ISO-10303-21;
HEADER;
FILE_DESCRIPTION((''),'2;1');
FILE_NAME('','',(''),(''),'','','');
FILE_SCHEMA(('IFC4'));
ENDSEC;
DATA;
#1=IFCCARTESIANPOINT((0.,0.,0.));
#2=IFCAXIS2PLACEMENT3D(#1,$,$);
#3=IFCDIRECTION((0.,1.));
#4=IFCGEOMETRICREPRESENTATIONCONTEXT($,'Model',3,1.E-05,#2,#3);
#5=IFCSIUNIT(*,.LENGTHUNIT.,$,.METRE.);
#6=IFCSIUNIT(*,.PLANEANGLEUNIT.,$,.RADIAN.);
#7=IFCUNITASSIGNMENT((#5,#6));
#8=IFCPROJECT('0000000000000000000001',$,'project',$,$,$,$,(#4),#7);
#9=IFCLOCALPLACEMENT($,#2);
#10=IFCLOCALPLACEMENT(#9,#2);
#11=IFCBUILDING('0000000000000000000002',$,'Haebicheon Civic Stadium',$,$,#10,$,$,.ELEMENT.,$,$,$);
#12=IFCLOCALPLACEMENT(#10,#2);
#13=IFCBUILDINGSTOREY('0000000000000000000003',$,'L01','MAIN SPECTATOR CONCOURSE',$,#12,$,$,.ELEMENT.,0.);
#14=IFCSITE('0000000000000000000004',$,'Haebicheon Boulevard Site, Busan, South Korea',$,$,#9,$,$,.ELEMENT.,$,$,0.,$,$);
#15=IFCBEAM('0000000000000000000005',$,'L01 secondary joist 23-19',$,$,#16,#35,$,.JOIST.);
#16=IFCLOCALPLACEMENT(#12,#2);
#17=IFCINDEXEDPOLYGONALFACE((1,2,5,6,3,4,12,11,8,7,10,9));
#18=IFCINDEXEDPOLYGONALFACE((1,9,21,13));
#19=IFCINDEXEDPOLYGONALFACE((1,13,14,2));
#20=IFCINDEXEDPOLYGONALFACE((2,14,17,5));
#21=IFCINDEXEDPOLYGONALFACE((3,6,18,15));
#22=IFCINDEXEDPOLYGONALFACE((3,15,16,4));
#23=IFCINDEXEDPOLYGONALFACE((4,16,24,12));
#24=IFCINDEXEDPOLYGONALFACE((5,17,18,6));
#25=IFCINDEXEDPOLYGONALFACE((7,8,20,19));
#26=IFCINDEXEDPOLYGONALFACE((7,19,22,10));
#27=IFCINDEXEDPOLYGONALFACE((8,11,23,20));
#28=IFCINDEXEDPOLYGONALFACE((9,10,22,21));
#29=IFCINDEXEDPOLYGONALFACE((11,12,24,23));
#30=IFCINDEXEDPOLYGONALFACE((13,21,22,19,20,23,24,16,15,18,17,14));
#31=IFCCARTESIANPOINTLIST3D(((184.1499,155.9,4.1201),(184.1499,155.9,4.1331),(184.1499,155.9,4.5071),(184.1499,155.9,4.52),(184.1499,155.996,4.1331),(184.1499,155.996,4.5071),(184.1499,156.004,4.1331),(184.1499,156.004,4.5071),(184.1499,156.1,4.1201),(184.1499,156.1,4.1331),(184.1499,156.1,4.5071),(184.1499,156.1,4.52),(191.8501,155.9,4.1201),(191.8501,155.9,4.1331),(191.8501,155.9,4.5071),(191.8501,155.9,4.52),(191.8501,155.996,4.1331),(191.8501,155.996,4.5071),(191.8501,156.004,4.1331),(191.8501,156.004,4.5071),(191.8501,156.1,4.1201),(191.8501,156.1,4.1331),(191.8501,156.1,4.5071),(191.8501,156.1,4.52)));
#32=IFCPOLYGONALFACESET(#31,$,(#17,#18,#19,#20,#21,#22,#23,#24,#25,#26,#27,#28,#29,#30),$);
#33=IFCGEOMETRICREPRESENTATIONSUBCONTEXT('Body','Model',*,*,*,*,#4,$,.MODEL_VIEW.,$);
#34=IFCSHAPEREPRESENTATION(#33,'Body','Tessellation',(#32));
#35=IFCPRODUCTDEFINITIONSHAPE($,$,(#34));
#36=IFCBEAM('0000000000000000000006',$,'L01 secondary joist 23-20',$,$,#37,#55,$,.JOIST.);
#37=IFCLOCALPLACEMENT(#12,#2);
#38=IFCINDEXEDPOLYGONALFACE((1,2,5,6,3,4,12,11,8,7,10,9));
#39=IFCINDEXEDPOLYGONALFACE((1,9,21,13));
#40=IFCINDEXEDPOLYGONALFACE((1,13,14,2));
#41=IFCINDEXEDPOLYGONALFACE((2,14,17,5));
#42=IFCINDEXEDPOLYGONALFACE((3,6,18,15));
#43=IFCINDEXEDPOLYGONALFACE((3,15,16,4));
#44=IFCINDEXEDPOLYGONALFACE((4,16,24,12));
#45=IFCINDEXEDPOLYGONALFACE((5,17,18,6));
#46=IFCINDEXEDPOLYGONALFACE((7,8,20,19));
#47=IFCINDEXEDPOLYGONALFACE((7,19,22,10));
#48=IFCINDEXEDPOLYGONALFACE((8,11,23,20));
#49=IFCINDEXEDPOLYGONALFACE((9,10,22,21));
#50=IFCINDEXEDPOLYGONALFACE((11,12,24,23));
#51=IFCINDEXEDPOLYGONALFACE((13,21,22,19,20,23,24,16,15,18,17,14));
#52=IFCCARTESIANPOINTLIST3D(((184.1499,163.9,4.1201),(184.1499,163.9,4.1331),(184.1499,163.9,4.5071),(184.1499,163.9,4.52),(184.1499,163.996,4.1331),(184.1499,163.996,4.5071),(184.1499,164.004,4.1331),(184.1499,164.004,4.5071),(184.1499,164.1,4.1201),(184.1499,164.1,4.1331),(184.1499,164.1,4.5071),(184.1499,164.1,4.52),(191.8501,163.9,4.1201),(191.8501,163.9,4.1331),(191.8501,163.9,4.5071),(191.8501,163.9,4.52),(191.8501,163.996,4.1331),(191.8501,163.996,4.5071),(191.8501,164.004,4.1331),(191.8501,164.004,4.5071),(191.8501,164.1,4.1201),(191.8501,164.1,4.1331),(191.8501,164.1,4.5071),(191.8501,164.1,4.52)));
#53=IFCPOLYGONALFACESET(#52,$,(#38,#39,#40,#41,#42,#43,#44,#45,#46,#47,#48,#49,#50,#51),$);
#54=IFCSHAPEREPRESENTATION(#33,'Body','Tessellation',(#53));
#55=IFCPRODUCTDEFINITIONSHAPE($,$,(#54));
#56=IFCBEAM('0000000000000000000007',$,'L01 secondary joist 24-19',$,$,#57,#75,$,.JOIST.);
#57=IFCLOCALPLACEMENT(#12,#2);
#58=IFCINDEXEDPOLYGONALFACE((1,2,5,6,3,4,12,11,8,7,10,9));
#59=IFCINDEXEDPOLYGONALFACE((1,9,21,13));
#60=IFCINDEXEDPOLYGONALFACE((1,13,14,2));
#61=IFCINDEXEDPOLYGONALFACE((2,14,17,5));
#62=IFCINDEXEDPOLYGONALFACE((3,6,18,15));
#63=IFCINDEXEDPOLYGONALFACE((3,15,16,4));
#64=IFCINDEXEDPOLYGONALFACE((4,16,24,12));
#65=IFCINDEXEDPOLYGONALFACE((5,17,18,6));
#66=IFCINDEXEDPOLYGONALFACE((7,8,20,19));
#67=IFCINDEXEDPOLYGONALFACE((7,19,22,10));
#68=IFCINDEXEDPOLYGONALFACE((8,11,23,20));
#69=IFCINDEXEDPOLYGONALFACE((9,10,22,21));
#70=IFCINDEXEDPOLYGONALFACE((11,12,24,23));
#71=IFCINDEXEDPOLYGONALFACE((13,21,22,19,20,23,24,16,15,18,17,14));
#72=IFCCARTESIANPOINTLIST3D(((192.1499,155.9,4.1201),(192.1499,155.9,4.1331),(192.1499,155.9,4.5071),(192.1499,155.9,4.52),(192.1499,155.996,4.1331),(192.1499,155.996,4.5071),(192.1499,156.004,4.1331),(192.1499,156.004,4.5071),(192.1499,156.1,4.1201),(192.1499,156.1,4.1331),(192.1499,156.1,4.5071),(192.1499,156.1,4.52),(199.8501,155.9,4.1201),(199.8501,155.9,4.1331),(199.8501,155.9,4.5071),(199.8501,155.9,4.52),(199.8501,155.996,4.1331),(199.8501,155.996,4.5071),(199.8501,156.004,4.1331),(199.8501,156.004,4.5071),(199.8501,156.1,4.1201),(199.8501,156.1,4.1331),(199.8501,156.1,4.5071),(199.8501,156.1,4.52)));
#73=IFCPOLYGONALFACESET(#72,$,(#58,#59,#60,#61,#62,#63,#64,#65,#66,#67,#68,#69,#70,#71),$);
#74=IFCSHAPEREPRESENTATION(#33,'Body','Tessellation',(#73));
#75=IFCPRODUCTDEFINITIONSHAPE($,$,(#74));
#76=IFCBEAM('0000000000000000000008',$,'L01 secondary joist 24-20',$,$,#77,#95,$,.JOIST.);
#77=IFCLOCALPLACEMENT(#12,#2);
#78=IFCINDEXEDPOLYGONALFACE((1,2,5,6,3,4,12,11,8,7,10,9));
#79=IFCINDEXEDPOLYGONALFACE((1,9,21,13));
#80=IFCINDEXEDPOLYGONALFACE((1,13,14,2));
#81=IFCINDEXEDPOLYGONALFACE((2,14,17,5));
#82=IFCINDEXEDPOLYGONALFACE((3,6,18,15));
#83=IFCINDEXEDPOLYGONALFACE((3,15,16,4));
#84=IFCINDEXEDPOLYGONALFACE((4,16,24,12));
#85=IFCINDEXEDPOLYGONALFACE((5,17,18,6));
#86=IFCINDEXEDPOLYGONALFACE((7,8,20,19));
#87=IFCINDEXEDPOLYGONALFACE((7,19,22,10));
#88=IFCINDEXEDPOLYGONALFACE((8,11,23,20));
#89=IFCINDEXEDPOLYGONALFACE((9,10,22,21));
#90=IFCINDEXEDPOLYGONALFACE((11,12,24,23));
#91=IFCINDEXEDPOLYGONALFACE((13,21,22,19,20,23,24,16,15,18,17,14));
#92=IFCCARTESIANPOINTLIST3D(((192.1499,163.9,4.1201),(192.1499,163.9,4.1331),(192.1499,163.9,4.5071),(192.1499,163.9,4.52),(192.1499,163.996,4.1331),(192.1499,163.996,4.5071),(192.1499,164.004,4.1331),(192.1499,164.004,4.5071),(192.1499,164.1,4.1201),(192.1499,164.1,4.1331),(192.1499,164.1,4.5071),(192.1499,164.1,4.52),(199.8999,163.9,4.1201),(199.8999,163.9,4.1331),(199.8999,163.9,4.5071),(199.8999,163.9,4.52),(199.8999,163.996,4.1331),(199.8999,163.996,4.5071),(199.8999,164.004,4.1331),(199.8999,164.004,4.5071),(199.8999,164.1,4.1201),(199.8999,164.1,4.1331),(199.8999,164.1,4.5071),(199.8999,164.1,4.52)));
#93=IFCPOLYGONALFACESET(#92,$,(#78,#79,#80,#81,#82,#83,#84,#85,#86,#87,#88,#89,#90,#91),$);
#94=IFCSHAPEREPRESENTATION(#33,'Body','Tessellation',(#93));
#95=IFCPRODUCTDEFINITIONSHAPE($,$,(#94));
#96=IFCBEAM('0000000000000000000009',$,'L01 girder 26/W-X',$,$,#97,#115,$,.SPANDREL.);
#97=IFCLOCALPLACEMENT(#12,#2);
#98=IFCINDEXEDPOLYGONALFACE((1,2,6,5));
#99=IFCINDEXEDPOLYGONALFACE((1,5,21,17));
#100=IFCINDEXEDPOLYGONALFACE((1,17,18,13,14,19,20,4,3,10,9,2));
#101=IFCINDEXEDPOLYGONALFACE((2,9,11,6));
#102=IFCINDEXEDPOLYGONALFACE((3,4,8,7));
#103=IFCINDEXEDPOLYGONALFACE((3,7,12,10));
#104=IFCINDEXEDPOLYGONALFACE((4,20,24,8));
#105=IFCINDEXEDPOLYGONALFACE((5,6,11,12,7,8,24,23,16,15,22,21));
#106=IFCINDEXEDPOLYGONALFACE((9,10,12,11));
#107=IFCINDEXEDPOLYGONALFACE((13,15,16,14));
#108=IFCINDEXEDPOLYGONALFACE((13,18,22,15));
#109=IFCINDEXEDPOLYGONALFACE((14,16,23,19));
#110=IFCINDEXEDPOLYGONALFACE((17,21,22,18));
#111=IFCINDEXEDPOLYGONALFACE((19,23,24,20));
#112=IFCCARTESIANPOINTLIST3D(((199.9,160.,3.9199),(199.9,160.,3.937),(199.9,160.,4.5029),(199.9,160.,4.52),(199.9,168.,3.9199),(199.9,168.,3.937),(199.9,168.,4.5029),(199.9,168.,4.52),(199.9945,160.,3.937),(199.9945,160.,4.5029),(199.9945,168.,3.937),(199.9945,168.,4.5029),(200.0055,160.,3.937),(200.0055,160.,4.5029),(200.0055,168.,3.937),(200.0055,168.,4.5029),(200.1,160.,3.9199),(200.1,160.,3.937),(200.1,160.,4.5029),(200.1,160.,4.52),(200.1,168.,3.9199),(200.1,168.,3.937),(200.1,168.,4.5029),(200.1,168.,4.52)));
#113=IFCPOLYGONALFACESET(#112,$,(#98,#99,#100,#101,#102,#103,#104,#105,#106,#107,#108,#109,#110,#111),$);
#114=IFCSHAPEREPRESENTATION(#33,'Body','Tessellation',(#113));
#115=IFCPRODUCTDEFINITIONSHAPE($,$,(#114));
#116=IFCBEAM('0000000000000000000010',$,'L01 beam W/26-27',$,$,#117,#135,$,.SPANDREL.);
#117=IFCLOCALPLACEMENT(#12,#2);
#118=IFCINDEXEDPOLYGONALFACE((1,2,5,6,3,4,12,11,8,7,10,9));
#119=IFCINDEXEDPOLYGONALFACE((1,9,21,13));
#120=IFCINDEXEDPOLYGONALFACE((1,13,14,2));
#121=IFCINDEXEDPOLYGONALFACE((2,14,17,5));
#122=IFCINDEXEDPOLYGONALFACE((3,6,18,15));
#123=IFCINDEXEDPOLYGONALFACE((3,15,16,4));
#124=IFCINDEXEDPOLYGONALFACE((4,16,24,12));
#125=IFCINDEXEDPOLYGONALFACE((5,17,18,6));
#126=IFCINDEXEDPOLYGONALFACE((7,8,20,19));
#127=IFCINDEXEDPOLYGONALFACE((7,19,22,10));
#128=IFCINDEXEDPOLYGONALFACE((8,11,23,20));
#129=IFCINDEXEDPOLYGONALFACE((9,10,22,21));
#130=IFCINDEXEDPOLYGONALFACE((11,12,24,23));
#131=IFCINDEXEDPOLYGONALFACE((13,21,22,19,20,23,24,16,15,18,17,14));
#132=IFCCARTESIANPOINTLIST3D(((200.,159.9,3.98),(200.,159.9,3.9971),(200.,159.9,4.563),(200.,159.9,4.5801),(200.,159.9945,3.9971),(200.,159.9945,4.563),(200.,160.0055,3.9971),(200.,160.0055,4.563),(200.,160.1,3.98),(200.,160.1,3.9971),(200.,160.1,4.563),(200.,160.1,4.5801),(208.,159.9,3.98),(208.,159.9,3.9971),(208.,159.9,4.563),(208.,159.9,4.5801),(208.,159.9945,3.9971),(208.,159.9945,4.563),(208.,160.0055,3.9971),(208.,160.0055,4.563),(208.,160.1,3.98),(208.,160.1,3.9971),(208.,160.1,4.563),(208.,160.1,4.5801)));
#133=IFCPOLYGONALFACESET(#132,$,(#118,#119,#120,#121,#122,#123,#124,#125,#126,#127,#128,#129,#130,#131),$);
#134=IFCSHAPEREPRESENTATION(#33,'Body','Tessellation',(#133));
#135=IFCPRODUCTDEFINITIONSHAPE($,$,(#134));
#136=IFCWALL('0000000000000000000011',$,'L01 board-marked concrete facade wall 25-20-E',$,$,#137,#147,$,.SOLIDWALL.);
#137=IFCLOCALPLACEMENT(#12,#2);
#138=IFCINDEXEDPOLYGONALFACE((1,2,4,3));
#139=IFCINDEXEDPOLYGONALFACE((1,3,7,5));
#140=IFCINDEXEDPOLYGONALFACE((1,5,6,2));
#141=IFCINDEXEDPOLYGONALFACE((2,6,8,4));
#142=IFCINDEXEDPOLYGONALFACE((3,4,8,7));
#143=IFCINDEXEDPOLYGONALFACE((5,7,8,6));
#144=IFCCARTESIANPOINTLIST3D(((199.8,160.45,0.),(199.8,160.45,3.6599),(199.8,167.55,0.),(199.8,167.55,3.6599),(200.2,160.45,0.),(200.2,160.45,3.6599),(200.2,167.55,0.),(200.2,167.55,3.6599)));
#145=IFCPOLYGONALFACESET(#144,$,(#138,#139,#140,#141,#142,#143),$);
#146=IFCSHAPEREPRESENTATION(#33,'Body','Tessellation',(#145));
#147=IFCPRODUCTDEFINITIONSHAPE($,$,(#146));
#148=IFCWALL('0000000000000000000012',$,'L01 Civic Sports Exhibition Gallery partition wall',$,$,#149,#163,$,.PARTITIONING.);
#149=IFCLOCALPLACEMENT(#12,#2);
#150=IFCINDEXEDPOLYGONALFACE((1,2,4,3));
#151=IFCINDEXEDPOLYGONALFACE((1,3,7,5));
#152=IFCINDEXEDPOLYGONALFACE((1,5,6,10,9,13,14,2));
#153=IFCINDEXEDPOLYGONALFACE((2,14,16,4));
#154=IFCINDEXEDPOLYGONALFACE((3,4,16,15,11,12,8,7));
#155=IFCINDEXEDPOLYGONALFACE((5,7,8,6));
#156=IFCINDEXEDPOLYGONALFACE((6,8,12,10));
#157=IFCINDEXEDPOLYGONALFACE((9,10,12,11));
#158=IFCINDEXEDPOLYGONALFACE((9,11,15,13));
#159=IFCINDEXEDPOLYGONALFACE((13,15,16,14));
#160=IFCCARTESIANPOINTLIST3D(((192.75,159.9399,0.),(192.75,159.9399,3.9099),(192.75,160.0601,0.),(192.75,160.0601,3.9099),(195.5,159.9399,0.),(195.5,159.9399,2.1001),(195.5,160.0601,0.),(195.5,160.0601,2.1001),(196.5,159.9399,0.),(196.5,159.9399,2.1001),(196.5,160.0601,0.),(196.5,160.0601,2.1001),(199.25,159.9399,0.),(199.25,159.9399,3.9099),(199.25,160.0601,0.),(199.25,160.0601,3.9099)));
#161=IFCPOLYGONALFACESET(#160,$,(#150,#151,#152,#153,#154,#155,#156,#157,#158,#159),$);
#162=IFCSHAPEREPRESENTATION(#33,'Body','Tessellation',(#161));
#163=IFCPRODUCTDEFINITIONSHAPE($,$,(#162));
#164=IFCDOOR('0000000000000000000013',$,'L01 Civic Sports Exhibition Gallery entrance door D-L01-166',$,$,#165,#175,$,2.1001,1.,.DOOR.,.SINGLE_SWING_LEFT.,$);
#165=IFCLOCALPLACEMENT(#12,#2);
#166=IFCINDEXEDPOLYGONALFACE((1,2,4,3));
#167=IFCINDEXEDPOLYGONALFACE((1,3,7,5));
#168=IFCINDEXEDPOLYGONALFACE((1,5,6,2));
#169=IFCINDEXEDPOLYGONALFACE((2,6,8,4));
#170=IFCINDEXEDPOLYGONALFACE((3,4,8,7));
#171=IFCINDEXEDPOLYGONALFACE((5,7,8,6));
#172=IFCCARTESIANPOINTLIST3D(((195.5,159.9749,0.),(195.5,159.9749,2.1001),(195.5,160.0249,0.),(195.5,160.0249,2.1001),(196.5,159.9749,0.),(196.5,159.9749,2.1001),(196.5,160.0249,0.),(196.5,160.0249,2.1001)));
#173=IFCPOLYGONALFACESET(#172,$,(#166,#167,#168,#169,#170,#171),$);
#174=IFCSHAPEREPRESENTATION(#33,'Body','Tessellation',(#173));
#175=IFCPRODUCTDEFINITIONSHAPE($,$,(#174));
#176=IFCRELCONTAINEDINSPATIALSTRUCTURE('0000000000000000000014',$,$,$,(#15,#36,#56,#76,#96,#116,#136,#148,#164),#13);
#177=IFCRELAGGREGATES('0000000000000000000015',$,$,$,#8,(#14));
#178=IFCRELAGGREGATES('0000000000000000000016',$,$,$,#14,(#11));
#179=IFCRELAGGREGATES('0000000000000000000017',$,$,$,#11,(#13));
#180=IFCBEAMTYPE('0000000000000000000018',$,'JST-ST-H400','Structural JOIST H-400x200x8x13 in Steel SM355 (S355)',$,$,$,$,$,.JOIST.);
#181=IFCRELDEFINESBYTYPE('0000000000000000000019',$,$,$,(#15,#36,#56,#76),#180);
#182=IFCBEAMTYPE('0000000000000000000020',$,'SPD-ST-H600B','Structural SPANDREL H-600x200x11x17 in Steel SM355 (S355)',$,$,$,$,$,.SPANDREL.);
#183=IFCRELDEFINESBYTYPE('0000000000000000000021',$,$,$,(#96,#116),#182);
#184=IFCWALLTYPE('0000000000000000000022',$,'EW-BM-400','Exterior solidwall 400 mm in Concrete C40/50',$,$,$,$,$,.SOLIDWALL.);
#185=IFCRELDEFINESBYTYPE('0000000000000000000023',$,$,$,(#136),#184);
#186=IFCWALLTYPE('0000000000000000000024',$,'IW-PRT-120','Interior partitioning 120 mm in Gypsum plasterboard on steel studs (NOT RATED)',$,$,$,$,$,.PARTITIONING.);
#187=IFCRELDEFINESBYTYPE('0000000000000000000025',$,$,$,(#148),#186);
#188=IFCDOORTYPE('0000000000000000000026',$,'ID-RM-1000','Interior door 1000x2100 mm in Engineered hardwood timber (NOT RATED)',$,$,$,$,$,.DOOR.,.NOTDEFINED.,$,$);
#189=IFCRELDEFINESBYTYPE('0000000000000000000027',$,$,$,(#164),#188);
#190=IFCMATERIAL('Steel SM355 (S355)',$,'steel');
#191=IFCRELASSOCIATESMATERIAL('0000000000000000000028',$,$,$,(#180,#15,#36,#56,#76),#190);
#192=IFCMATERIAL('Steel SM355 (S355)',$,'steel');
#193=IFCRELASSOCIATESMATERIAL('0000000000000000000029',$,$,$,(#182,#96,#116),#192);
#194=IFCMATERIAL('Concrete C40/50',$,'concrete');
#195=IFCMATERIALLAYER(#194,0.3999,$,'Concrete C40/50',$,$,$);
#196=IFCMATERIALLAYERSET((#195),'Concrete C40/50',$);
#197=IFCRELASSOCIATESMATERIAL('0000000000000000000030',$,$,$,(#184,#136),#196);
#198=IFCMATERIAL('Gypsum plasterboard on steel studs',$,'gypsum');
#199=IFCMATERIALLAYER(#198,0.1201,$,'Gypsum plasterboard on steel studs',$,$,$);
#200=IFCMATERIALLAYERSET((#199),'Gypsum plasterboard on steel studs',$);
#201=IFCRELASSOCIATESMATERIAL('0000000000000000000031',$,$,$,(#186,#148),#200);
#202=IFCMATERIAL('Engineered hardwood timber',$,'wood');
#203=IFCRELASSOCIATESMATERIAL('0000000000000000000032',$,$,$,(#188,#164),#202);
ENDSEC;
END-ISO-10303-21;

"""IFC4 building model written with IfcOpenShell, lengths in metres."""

from ifc_helpers import new_model, si_unit, direction, frame, frame_2d, origin, origin_2d, place, context, subcontext, project, spatial, rectangle, i_section, extrude, material, layer, layer_set, material_profile, profile_set, type_object, element, fill, save


model = new_model("IFC4")

# Units and contexts
model_context = context("Model", 3, precision=1e-05, world=origin(), true_north=direction((0.0, 1.0)))
body_context = subcontext(model_context, "Body", "Model", "MODEL_VIEW")
ifc_project = project(units=[si_unit("LENGTHUNIT", "METRE"), si_unit("PLANEANGLEUNIT", "RADIAN")], contexts=[model_context])

# Site, building, storey
site_placement = place(None, origin())
site = spatial("IfcSite", under=ifc_project, at=site_placement, Name="Haebicheon Boulevard Site, Busan, South Korea", CompositionType="ELEMENT", RefElevation=0.0)
building_placement = place(site_placement, origin())
building = spatial("IfcBuilding", under=site, at=building_placement, Name="Haebicheon Civic Stadium", CompositionType="ELEMENT")
storey_placement = place(building_placement, origin())
storey = spatial("IfcBuildingStorey", under=building, at=storey_placement, Name="L01", Description="MAIN SPECTATOR CONCOURSE", CompositionType="ELEMENT", Elevation=0.0)

# Beams
ifc_material_1 = material(Name="Steel SM355 (S355)", Category="steel")
ifc_material_profile_1 = material_profile(ifc_material_1, i_section(OverallWidth=0.2, OverallDepth=0.3999, WebThickness=0.0081, FlangeThickness=0.0129, at=origin_2d()), Name="H-400x200x8x13")
ifc_profile_set_1 = profile_set([ifc_material_profile_1], Name="Steel SM355 (S355)")
beam_type_1 = type_object("IfcBeamType", Name="JST-ST-H400", Description="Structural JOIST H-400x200x8x13 in Steel SM355 (S355)", PredefinedType="JOIST", material=ifc_profile_set_1)
for number, where, z_axis, x_axis, name in (
    (1, (184.1499, 156.0, 4.3201), (1.0, 0.0, 0.0), (0.0, 1.0, 0.0), "L01 secondary joist 23-19"),
    (2, (184.1499, 164.0, 4.3201), (1.0, 0.0, 0.0), (0.0, 1.0, 0.0), "L01 secondary joist 23-20"),
    (3, (192.1499, 156.0, 4.3201), (1.0, 0.0, 0.0), (0.0, 1.0, 0.0), "L01 secondary joist 24-19"),
):
    element("IfcBeam", number, at=place(storey_placement, frame(where, z_axis=z_axis, x_axis=x_axis)), inside=storey, type_object=beam_type_1, material=ifc_profile_set_1, Name=name, PredefinedType="JOIST", context=body_context, shape_type="SweptSolid", body=[
        extrude(i_section(OverallWidth=0.2, OverallDepth=0.3999, WebThickness=0.0081, FlangeThickness=0.0129, at=origin_2d()), origin(), (0.0, 0.0, 1.0), 7.7002),
    ])
beam_1_placement = place(storey_placement, frame((192.1499, 164.0, 4.3201), z_axis=(1.0, 0.0, 0.0), x_axis=(0.0, 1.0, 0.0)))
element("IfcBeam", 4, at=beam_1_placement, inside=storey, type_object=beam_type_1, material=ifc_profile_set_1, Name="L01 secondary joist 24-20", PredefinedType="JOIST", context=body_context, shape_type="SweptSolid", body=[
    extrude(i_section(OverallWidth=0.2, OverallDepth=0.3999, WebThickness=0.0081, FlangeThickness=0.0129, at=origin_2d()), origin(), (0.0, 0.0, 1.0), 7.75),
])
ifc_material_2 = material(Name="Steel SM355 (S355)", Category="steel")
ifc_material_profile_2 = material_profile(ifc_material_2, i_section(OverallWidth=0.2, OverallDepth=0.6001, WebThickness=0.011, FlangeThickness=0.0171, at=origin_2d()), Name="H-600x200x11x17")
ifc_profile_set_2 = profile_set([ifc_material_profile_2], Name="Steel SM355 (S355)")
beam_type_2 = type_object("IfcBeamType", Name="SPD-ST-H600B", Description="Structural SPANDREL H-600x200x11x17 in Steel SM355 (S355)", PredefinedType="SPANDREL", material=ifc_profile_set_2)
for number, where, z_axis, x_axis, name in (
    (5, (200.0, 160.0, 4.22), (0.0, 1.0, 0.0), (-1.0, 0.0, 0.0), "L01 girder 26/W-X"),
    (6, (200.0, 160.0, 4.28), (1.0, 0.0, 0.0), (0.0, 1.0, 0.0), "L01 beam W/26-27"),
):
    element("IfcBeam", number, at=place(storey_placement, frame(where, z_axis=z_axis, x_axis=x_axis)), inside=storey, type_object=beam_type_2, material=ifc_profile_set_2, Name=name, PredefinedType="SPANDREL", context=body_context, shape_type="SweptSolid", body=[
        extrude(i_section(OverallWidth=0.2, OverallDepth=0.6001, WebThickness=0.011, FlangeThickness=0.0171, at=origin_2d()), origin(), (0.0, 0.0, 1.0), 8.0),
    ])

# Wall
ifc_material_3 = material(Name="Concrete C40/50", Category="concrete")
ifc_layer_1 = layer(ifc_material_3, 0.3999, Name="Concrete C40/50")
ifc_layer_set_1 = layer_set([ifc_layer_1], Name="Concrete C40/50")
wall_type_1 = type_object("IfcWallType", Name="EW-BM-400", Description="Exterior solidwall 400 mm in Concrete C40/50", PredefinedType="SOLIDWALL", material=ifc_layer_set_1)
wall_1_placement = place(storey_placement, frame((200.0, 160.45, 0.0), z_axis=(0.0, 0.0, 1.0), x_axis=(0.0, 1.0, 0.0)))
element("IfcWall", 7, at=wall_1_placement, inside=storey, type_object=wall_type_1, material=ifc_layer_set_1, Name="L01 board-marked concrete facade wall 25-20-E", PredefinedType="SOLIDWALL", context=body_context, shape_type="SweptSolid", body=[
    extrude(rectangle(XDim=7.1001, YDim=0.3999, at=frame_2d((3.55, 0.0))), origin(), (0.0, 0.0, 1.0), 3.6599),
])

# Wall, opening, door
ifc_material_4 = material(Name="Gypsum plasterboard on steel studs", Category="gypsum")
ifc_layer_2 = layer(ifc_material_4, 0.1201, Name="Gypsum plasterboard on steel studs")
ifc_layer_set_2 = layer_set([ifc_layer_2], Name="Gypsum plasterboard on steel studs")
wall_type_2 = type_object("IfcWallType", Name="IW-PRT-120", Description="Interior partitioning 120 mm in Gypsum plasterboard on steel studs (NOT RATED)", PredefinedType="PARTITIONING", material=ifc_layer_set_2)
wall_2_placement = place(storey_placement, frame((192.75, 160.0, 0.0), z_axis=(0.0, 0.0, 1.0), x_axis=(1.0, 0.0, 0.0)))
wall_2 = element("IfcWall", 8, at=wall_2_placement, inside=storey, type_object=wall_type_2, material=ifc_layer_set_2, Name="L01 Civic Sports Exhibition Gallery partition wall", PredefinedType="PARTITIONING", context=body_context, shape_type="SweptSolid", body=[
    extrude(rectangle(XDim=6.5, YDim=0.1201, at=frame_2d((3.25, 0.0))), origin(), (0.0, 0.0, 1.0), 3.9099),
])
opening_placement = place(wall_2_placement, frame((2.75, 0.0, 0.0)))
opening = element("IfcOpeningElement", 9, at=opening_placement, cuts=wall_2, PredefinedType="OPENING", context=body_context, shape_type="SweptSolid", body=[
    extrude(rectangle(XDim=1.0, YDim=2.1001, at=frame_2d((0.5, 1.05))), frame((0.0, 0.0701, 0.0), z_axis=(0.0, -1.0, 0.0), x_axis=(1.0, 0.0, 0.0)), (0.0, 0.0, 1.0), 0.1401),
])
ifc_material_5 = material(Name="Engineered hardwood timber", Category="wood")
door_type = type_object("IfcDoorType", Name="ID-RM-1000", Description="Interior door 1000x2100 mm in Engineered hardwood timber (NOT RATED)", OperationType="NOTDEFINED", PredefinedType="DOOR", material=ifc_material_5)
door_placement = place(opening_placement, origin())
door = element("IfcDoor", 10, at=door_placement, inside=storey, type_object=door_type, material=ifc_material_5, Name="L01 Civic Sports Exhibition Gallery entrance door D-L01-166", OperationType="SINGLE_SWING_LEFT", OverallHeight=2.1001, OverallWidth=1.0, PredefinedType="DOOR", context=body_context, shape_type="SweptSolid", body=[
    extrude(rectangle(XDim=1.0, YDim=2.1001, at=frame_2d((0.5, 1.05))), frame((0.0, 0.0249, 0.0), z_axis=(0.0, -1.0, 0.0), x_axis=(1.0, 0.0, 0.0)), (0.0, 0.0, 1.0), 0.05),
])
fill(opening, door)

save(model, "model.ifc")
